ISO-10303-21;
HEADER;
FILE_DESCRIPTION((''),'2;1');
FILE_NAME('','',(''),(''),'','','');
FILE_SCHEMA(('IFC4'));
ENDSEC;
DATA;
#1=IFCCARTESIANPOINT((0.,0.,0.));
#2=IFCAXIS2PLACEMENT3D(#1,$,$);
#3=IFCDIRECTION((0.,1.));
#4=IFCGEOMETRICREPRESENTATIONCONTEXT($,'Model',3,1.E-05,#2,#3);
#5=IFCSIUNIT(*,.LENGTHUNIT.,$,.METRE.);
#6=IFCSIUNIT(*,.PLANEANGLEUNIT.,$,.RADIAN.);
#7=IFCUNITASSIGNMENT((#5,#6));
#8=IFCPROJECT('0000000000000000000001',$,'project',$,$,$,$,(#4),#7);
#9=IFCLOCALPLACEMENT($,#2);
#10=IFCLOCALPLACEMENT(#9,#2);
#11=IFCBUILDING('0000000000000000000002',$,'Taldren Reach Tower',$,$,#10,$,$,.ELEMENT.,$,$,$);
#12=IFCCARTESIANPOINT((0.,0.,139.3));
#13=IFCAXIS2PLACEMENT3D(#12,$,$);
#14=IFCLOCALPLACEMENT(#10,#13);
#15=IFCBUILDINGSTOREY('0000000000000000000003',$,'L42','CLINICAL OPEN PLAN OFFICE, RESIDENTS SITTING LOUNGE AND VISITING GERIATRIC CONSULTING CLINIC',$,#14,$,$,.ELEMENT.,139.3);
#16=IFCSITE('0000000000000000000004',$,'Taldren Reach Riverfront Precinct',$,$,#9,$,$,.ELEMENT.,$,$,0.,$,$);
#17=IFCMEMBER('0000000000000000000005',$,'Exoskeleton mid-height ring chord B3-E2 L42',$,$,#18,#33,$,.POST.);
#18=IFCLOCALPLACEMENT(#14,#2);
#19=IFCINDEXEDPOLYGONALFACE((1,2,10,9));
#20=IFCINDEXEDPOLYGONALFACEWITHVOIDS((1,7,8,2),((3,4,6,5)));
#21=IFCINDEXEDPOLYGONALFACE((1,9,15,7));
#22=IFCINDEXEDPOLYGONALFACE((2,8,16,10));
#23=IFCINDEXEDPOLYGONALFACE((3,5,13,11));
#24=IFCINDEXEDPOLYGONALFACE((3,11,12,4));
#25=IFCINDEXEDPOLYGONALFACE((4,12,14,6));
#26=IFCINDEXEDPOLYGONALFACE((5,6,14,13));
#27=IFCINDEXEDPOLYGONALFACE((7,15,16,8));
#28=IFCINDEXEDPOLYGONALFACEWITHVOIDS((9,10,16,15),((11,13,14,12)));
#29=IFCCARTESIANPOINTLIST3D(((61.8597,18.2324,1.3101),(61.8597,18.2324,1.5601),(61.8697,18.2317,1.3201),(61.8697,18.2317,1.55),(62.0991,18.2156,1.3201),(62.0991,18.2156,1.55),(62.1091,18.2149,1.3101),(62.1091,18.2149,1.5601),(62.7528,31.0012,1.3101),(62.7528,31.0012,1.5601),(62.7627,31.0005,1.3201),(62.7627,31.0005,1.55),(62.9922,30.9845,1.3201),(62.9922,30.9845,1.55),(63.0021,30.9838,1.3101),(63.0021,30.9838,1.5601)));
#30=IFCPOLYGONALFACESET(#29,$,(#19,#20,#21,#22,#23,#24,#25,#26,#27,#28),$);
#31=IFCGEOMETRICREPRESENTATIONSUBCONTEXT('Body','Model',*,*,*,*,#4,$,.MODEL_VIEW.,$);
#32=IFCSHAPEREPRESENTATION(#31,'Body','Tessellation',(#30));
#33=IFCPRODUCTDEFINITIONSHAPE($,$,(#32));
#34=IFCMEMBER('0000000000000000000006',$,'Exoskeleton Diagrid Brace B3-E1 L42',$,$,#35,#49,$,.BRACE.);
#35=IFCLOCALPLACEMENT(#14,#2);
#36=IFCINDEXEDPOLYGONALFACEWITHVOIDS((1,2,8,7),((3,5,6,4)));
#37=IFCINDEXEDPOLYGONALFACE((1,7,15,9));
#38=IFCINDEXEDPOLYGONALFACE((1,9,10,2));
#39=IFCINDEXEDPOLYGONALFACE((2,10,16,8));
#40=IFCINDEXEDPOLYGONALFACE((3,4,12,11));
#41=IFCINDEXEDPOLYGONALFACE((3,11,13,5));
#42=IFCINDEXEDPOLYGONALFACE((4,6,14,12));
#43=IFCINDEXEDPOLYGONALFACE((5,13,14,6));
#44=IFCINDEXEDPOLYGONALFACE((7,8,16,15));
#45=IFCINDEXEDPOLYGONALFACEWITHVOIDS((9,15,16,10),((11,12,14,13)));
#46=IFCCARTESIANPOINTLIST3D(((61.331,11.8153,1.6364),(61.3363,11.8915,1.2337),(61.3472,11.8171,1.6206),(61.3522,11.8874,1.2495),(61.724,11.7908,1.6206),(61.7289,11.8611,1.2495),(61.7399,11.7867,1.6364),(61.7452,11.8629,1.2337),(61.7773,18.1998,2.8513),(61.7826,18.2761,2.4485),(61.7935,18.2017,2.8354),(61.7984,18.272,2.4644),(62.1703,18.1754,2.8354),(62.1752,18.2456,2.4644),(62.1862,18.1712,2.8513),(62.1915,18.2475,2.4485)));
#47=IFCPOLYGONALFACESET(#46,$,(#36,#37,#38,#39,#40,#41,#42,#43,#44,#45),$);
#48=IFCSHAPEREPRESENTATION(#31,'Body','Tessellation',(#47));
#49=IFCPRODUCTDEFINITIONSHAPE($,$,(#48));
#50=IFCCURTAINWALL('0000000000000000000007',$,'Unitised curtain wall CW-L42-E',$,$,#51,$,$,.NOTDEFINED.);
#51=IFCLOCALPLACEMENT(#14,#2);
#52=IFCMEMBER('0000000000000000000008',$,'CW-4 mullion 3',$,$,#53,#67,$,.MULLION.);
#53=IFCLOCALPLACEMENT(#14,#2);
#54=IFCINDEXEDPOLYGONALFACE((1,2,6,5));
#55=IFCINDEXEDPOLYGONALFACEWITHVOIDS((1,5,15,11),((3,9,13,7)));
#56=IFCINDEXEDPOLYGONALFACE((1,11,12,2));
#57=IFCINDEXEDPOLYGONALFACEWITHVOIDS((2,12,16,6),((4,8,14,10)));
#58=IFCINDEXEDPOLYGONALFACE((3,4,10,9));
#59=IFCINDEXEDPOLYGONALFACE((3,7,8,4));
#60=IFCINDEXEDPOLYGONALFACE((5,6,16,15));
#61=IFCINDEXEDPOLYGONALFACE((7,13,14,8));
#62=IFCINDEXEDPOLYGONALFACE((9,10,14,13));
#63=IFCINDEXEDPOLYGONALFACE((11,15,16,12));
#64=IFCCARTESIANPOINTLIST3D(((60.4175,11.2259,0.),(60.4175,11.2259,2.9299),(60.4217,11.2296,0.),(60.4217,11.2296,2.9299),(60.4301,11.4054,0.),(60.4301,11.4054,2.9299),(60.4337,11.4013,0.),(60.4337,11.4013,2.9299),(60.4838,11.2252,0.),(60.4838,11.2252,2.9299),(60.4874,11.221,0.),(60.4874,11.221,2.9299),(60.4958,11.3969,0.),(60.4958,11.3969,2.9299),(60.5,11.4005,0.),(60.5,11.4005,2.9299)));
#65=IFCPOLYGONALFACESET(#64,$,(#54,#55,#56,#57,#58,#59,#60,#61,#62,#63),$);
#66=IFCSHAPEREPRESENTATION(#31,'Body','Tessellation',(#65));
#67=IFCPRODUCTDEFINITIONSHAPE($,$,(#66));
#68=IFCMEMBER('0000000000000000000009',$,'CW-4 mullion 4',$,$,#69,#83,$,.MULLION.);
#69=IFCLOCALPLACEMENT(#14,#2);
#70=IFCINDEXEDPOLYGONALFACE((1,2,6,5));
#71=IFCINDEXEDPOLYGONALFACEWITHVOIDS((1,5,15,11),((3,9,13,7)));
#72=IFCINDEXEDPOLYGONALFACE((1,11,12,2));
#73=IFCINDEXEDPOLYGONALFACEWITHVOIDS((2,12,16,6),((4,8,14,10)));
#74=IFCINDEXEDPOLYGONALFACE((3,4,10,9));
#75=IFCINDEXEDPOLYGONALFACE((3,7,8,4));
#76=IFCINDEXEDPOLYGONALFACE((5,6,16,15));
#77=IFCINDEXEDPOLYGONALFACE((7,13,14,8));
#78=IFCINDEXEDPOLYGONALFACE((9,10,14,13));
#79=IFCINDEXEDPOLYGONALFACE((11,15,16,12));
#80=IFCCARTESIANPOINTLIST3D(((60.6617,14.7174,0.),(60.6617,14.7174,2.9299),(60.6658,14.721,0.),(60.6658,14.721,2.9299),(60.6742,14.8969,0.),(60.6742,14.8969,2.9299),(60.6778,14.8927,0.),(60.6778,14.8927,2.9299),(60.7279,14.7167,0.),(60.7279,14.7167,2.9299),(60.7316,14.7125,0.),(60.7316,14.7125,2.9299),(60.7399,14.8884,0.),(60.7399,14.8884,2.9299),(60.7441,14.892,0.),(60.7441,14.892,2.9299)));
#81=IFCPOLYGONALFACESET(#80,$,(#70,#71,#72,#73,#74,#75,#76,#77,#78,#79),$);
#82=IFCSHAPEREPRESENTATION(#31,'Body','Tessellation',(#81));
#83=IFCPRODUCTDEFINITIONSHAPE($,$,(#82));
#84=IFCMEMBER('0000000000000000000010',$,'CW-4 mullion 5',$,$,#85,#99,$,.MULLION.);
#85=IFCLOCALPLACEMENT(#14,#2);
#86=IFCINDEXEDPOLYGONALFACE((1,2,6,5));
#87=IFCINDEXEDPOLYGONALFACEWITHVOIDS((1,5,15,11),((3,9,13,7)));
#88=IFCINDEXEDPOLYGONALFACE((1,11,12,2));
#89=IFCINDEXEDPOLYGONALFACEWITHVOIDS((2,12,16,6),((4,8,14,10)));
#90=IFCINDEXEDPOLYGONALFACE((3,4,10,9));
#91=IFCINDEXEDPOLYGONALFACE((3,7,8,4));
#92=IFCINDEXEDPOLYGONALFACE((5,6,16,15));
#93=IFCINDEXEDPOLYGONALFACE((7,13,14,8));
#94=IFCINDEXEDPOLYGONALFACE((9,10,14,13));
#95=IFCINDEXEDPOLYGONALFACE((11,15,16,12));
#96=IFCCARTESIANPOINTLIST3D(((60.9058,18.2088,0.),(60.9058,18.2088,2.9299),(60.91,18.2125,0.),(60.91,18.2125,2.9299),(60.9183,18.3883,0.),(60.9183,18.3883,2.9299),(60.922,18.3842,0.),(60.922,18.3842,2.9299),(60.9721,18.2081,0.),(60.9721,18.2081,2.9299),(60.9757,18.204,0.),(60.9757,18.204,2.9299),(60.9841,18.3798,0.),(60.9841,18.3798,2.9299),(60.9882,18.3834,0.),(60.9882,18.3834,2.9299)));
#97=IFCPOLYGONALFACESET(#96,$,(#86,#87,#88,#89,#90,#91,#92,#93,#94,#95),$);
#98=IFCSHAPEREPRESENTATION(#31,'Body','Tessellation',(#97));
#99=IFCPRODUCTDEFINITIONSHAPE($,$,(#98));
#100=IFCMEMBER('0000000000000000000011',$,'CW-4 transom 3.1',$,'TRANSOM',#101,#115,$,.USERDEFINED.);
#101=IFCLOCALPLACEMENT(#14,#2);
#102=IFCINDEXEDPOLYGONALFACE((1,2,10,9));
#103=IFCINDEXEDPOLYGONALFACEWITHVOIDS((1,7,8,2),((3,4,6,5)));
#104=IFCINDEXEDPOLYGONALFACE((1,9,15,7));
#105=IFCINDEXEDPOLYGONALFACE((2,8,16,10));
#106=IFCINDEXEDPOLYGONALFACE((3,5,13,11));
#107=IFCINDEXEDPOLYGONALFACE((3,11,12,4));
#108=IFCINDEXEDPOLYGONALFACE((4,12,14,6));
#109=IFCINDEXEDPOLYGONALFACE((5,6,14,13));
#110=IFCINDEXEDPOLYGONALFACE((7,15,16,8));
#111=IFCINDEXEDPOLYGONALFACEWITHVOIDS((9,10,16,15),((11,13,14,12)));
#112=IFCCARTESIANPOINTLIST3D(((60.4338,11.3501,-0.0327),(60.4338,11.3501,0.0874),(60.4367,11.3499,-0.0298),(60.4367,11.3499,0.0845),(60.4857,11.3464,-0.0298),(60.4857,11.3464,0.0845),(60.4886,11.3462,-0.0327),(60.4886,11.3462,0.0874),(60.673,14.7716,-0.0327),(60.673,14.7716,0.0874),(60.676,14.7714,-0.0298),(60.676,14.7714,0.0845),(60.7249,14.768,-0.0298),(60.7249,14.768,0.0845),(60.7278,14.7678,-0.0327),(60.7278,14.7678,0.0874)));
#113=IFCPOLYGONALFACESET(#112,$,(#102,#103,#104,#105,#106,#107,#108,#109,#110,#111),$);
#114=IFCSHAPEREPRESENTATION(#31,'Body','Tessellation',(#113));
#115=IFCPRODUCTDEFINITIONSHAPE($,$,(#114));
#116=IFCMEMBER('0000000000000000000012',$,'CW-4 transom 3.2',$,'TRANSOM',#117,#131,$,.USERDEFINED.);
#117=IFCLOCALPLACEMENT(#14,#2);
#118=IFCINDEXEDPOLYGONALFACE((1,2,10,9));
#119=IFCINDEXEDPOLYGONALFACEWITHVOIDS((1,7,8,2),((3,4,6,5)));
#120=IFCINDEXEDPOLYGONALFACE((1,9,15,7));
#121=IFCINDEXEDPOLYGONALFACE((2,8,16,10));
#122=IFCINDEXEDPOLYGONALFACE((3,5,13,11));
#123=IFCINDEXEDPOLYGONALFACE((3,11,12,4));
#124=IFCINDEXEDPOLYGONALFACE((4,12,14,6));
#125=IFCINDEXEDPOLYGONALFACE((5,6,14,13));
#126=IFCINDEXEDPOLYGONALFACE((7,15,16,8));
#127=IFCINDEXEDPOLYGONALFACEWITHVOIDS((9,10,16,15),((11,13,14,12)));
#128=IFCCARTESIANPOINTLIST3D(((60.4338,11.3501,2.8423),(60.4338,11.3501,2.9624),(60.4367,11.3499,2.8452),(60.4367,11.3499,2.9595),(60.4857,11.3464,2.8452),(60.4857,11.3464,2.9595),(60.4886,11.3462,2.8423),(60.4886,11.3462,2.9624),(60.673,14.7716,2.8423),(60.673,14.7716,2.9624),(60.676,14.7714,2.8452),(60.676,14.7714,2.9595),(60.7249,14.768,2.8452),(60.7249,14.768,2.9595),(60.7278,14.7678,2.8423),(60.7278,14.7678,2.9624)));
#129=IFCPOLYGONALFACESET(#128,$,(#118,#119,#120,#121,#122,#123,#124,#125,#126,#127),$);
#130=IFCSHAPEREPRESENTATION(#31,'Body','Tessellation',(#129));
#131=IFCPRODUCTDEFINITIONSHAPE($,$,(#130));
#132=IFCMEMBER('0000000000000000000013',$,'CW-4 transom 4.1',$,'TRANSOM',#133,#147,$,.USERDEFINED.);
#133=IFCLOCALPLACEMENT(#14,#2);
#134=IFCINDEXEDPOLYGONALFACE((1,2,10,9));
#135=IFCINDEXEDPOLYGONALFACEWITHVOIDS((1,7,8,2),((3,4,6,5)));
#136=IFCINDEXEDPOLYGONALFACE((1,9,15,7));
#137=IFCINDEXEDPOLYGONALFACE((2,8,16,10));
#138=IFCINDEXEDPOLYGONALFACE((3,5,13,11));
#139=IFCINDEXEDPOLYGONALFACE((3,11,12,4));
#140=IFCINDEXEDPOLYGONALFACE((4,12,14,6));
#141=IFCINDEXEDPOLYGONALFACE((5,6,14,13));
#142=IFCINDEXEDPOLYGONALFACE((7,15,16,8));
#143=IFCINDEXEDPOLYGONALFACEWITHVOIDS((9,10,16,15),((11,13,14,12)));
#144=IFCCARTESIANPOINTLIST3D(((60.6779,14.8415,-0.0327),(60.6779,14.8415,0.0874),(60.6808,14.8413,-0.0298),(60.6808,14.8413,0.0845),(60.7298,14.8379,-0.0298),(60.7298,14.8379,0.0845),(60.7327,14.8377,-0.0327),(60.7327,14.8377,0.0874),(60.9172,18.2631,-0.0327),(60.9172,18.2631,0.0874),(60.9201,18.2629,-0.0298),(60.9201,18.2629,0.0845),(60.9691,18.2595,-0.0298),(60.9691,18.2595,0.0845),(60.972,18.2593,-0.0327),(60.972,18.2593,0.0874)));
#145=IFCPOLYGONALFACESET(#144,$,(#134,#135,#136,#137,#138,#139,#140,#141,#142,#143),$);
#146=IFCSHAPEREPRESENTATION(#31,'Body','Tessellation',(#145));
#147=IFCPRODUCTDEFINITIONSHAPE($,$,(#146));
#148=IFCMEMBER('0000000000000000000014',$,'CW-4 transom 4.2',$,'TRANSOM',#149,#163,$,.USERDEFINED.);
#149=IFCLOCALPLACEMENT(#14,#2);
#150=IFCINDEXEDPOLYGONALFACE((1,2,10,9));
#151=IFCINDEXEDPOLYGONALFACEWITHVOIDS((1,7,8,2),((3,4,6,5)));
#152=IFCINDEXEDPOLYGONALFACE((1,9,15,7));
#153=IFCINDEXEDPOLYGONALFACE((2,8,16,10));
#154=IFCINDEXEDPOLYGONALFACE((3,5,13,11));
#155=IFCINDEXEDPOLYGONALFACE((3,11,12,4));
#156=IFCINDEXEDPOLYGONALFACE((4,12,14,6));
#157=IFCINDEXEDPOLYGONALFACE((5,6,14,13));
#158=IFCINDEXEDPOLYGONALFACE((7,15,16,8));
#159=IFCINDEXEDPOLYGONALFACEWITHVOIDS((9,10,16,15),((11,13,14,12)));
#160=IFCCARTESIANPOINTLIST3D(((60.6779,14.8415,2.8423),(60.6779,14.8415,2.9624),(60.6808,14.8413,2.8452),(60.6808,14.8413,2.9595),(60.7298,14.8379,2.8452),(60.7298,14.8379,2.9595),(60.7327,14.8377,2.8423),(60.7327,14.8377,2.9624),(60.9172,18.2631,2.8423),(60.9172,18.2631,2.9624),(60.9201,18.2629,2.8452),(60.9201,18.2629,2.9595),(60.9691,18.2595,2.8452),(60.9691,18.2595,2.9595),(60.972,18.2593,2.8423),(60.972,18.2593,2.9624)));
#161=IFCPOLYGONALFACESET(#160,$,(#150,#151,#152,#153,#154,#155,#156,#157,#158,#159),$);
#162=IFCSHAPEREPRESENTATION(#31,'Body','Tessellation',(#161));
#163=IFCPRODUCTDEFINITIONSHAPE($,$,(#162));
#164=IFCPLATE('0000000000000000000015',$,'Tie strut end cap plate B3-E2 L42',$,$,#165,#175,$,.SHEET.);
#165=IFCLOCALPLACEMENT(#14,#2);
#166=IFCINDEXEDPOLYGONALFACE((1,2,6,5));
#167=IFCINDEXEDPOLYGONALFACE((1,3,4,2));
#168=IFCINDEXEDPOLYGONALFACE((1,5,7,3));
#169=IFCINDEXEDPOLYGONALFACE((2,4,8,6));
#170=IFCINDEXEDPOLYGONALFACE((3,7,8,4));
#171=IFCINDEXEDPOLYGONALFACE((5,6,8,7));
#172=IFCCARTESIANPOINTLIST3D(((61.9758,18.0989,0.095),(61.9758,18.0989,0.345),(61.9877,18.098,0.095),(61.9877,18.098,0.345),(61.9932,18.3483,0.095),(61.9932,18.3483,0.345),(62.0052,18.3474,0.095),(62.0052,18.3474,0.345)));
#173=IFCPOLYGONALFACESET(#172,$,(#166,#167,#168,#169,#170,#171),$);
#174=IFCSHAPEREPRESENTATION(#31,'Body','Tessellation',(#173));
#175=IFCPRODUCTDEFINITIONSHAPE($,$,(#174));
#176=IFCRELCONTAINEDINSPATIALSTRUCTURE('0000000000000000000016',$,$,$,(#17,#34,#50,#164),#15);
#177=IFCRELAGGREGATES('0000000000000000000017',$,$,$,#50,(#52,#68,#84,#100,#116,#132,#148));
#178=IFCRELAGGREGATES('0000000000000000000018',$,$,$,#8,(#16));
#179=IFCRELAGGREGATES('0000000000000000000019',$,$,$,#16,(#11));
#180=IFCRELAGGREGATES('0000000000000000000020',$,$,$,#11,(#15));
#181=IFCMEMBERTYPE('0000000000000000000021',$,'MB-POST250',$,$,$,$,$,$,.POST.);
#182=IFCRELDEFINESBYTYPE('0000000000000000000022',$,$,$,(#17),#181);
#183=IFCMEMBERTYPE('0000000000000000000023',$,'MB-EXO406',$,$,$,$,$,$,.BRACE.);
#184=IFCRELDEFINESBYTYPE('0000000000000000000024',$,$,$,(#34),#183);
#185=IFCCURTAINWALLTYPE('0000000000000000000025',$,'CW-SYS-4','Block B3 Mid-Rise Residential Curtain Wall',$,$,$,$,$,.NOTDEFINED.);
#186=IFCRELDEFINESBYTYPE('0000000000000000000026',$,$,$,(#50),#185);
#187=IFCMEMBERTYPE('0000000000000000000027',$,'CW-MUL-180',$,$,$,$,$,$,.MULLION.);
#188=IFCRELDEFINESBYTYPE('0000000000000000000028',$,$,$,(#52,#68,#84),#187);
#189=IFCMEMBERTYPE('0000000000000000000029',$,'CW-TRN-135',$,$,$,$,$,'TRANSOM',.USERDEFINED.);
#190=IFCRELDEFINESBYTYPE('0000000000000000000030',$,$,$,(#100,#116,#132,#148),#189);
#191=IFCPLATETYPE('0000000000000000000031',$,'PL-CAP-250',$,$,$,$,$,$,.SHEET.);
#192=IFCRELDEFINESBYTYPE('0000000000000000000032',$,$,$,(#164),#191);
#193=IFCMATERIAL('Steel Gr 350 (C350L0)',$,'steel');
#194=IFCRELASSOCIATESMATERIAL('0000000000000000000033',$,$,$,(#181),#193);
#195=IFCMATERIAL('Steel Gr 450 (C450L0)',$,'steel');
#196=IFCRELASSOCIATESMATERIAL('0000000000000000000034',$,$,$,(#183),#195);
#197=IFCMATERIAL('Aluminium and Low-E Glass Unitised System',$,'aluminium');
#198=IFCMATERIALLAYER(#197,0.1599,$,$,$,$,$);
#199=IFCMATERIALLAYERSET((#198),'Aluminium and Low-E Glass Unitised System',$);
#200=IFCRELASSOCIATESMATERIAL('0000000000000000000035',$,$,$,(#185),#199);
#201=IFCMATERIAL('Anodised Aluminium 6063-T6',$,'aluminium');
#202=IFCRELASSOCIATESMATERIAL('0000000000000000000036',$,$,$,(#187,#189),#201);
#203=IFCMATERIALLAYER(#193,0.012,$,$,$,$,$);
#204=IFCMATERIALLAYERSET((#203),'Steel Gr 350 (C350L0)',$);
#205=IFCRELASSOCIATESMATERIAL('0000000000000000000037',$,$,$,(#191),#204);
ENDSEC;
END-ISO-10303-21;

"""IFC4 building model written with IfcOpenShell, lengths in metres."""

from ifc_helpers import new_model, si_unit, direction, frame, origin, origin_2d, place, context, subcontext, project, spatial, rectangle, hollow_rectangle, extrude, source, transform, mapped, material, layer, layer_set, material_profile, profile_set, type_object, element, aggregate, save


model = new_model("IFC4")

# Units and contexts
model_context = context("Model", 3, precision=1e-05, world=origin(), true_north=direction((0.0, 1.0)))
body_context = subcontext(model_context, "Body", "Model", "MODEL_VIEW")
ifc_project = project(units=[si_unit("LENGTHUNIT", "METRE"), si_unit("PLANEANGLEUNIT", "RADIAN")], contexts=[model_context])

# Site, building, storey
site_placement = place(None, origin())
site = spatial("IfcSite", under=ifc_project, at=site_placement, Name="Taldren Reach Riverfront Precinct", CompositionType="ELEMENT", RefElevation=0.0)
building_placement = place(site_placement, origin())
building = spatial("IfcBuilding", under=site, at=building_placement, Name="Taldren Reach Tower", CompositionType="ELEMENT")
storey_placement = place(building_placement, frame((0.0, 0.0, 139.3)))
storey = spatial("IfcBuildingStorey", under=building, at=storey_placement, Name="L42", Description="CLINICAL OPEN PLAN OFFICE, RESIDENTS SITTING LOUNGE AND VISITING GERIATRIC CONSULTING CLINIC", CompositionType="ELEMENT", Elevation=139.3)

# Members
ifc_material_1 = material(Name="Steel Gr 350 (C350L0)", Category="steel")
ifc_material_profile_1 = material_profile(ifc_material_1, hollow_rectangle(XDim=0.25, YDim=0.25, WallThickness=0.01, at=origin_2d()), Name="250x250x10.0SHS")
ifc_profile_set_1 = profile_set([ifc_material_profile_1], Name="Steel Gr 350 (C350L0)")
member_type_1 = type_object("IfcMemberType", Name="MB-POST250", PredefinedType="POST", material=ifc_profile_set_1)
shared_shape_1 = source(origin(), body_context, "Body", "SweptSolid", [
    extrude(hollow_rectangle(XDim=0.25, YDim=0.25, WallThickness=0.01, at=origin_2d()), origin(), (0.0, 0.0, 1.0), 12.8),
])
member_1_placement = place(storey_placement, frame((61.9844, 18.2236, 1.4351), z_axis=(0.069771, 0.997563, 0.0), x_axis=(-0.997563, 0.069771, 0.0)))
element("IfcMember", 1, at=member_1_placement, inside=storey, type_object=member_type_1, Name="Exoskeleton mid-height ring chord B3-E2 L42", PredefinedType="POST", context=body_context, shape_type="MappedRepresentation", body=[
    mapped(shared_shape_1, transform((0.0, 0.0, 0.0), scale=1.0)),
])
ifc_material_2 = material(Name="Steel Gr 450 (C450L0)", Category="steel")
ifc_material_profile_2 = material_profile(ifc_material_2, hollow_rectangle(XDim=0.4099, YDim=0.4099, WallThickness=0.0161, at=origin_2d()), Name="410x410x16.0SHS")
ifc_profile_set_2 = profile_set([ifc_material_profile_2], Name="Steel Gr 450 (C450L0)")
member_type_2 = type_object("IfcMemberType", Name="MB-EXO406", PredefinedType="BRACE", material=ifc_profile_set_2)
shared_shape_2 = source(origin(), body_context, "Body", "SweptSolid", [
    extrude(hollow_rectangle(XDim=0.4099, YDim=0.4099, WallThickness=0.0161, at=origin_2d()), origin(), (0.0, 0.0, 1.0), 6.5144),
])
member_2_placement = place(storey_placement, frame((61.5381, 11.8391, 1.4351), z_axis=(0.068508, 0.980066, 0.186487), x_axis=(-0.997566, 0.069732, 0.0)))
element("IfcMember", 2, at=member_2_placement, inside=storey, type_object=member_type_2, Name="Exoskeleton Diagrid Brace B3-E1 L42", PredefinedType="BRACE", context=body_context, shape_type="MappedRepresentation", body=[
    mapped(shared_shape_2, transform((0.0, 0.0, 0.0), scale=1.0)),
])

# Curtain wall, members
ifc_material_3 = material(Name="Aluminium and Low-E Glass Unitised System", Category="aluminium")
ifc_layer_1 = layer(ifc_material_3, 0.1599)
ifc_layer_set_1 = layer_set([ifc_layer_1], Name="Aluminium and Low-E Glass Unitised System")
curtain_wall_type = type_object("IfcCurtainWallType", Name="CW-SYS-4", Description="Block B3 Mid-Rise Residential Curtain Wall", PredefinedType="NOTDEFINED", material=ifc_layer_set_1)
curtain_wall_placement = place(storey_placement, origin())
curtain_wall = element("IfcCurtainWall", 3, at=curtain_wall_placement, inside=storey, type_object=curtain_wall_type, Name="Unitised curtain wall CW-L42-E", PredefinedType="NOTDEFINED")
ifc_material_4 = material(Name="Anodised Aluminium 6063-T6", Category="aluminium")
ifc_material_profile_3 = material_profile(ifc_material_4, hollow_rectangle(XDim=0.0701, YDim=0.1799, WallThickness=0.0039, at=origin_2d()), Name="ALU-180x70x4RHS")
ifc_profile_set_3 = profile_set([ifc_material_profile_3], Name="Anodised Aluminium 6063-T6")
member_type_3 = type_object("IfcMemberType", Name="CW-MUL-180", PredefinedType="MULLION", material=ifc_profile_set_3)
shared_shape_3 = source(origin(), body_context, "Body", "SweptSolid", [
    extrude(hollow_rectangle(XDim=0.0701, YDim=0.1799, WallThickness=0.0039, at=origin_2d()), origin(), (0.0, 0.0, 1.0), 2.9299),
])
member_3_placement = place(storey_placement, frame((60.4587, 11.3132, 0.0), z_axis=(0.0, 0.0, 1.0), x_axis=(-0.997564, 0.069756, 0.0)))
member_3 = element("IfcMember", 4, at=member_3_placement, type_object=member_type_3, Name="CW-4 mullion 3", PredefinedType="MULLION", context=body_context, shape_type="MappedRepresentation", body=[
    mapped(shared_shape_3, transform((0.0, 0.0, 0.0), scale=1.0)),
])
member_4_placement = place(storey_placement, frame((60.7029, 14.8047, 0.0), z_axis=(0.0, 0.0, 1.0), x_axis=(-0.997564, 0.069756, 0.0)))
member_4 = element("IfcMember", 5, at=member_4_placement, type_object=member_type_3, Name="CW-4 mullion 4", PredefinedType="MULLION", context=body_context, shape_type="MappedRepresentation", body=[
    mapped(shared_shape_3, transform((0.0, 0.0, 0.0), scale=1.0)),
])
member_5_placement = place(storey_placement, frame((60.947, 18.2961, 0.0), z_axis=(0.0, 0.0, 1.0), x_axis=(-0.997564, 0.069756, 0.0)))
member_5 = element("IfcMember", 6, at=member_5_placement, type_object=member_type_3, Name="CW-4 mullion 5", PredefinedType="MULLION", context=body_context, shape_type="MappedRepresentation", body=[
    mapped(shared_shape_3, transform((0.0, 0.0, 0.0), scale=1.0)),
])
ifc_material_profile_4 = material_profile(ifc_material_4, hollow_rectangle(XDim=0.0549, YDim=0.1201, WallThickness=0.0029, at=origin_2d()), Name="ALU-120x55x3RHS")
ifc_profile_set_4 = profile_set([ifc_material_profile_4], Name="Anodised Aluminium 6063-T6")
member_type_4 = type_object("IfcMemberType", Name="CW-TRN-135", ElementType="TRANSOM", PredefinedType="USERDEFINED", material=ifc_profile_set_4)
shared_shape_4 = source(origin(), body_context, "Body", "SweptSolid", [
    extrude(hollow_rectangle(XDim=0.0549, YDim=0.1201, WallThickness=0.0029, at=origin_2d()), origin(), (0.0, 0.0, 1.0), 3.4299),
])
member_6_placement = place(storey_placement, frame((60.4612, 11.3481, 0.0273), z_axis=(0.069755, 0.997564, 0.0), x_axis=(-0.997564, 0.069755, 0.0)))
member_6 = element("IfcMember", 7, at=member_6_placement, type_object=member_type_4, Name="CW-4 transom 3.1", ObjectType="TRANSOM", PredefinedType="USERDEFINED", context=body_context, shape_type="MappedRepresentation", body=[
    mapped(shared_shape_4, transform((0.0, 0.0, 0.0), scale=1.0)),
])
member_7_placement = place(storey_placement, frame((60.4612, 11.3481, 2.9023), z_axis=(0.069755, 0.997564, 0.0), x_axis=(-0.997564, 0.069755, 0.0)))
member_7 = element("IfcMember", 8, at=member_7_placement, type_object=member_type_4, Name="CW-4 transom 3.2", ObjectType="TRANSOM", PredefinedType="USERDEFINED", context=body_context, shape_type="MappedRepresentation", body=[
    mapped(shared_shape_4, transform((0.0, 0.0, 0.0), scale=1.0)),
])
member_8_placement = place(storey_placement, frame((60.7053, 14.8396, 0.0273), z_axis=(0.069755, 0.997564, 0.0), x_axis=(-0.997564, 0.069755, 0.0)))
member_8 = element("IfcMember", 9, at=member_8_placement, type_object=member_type_4, Name="CW-4 transom 4.1", ObjectType="TRANSOM", PredefinedType="USERDEFINED", context=body_context, shape_type="MappedRepresentation", body=[
    mapped(shared_shape_4, transform((0.0, 0.0, 0.0), scale=1.0)),
])
member_9_placement = place(storey_placement, frame((60.7053, 14.8396, 2.9023), z_axis=(0.069755, 0.997564, 0.0), x_axis=(-0.997564, 0.069755, 0.0)))
member_9 = element("IfcMember", 10, at=member_9_placement, type_object=member_type_4, Name="CW-4 transom 4.2", ObjectType="TRANSOM", PredefinedType="USERDEFINED", context=body_context, shape_type="MappedRepresentation", body=[
    mapped(shared_shape_4, transform((0.0, 0.0, 0.0), scale=1.0)),
])

# Plate
ifc_layer_2 = layer(ifc_material_1, 0.012)
ifc_layer_set_2 = layer_set([ifc_layer_2], Name="Steel Gr 350 (C350L0)")
plate_type_1 = type_object("IfcPlateType", Name="PL-CAP-250", PredefinedType="SHEET", material=ifc_layer_set_2)
shared_shape_5 = source(origin(), body_context, "Body", "SweptSolid", [
    extrude(rectangle(XDim=0.012, YDim=0.25, at=origin_2d()), origin(), (0.0, 0.0, 1.0), 0.25),
])
plate_1_placement = place(storey_placement, frame((61.9905, 18.2231, 0.095), z_axis=(0.0, 0.0, 1.0), x_axis=(0.997564, -0.069756, 0.0)))
element("IfcPlate", 11, at=plate_1_placement, inside=storey, type_object=plate_type_1, Name="Tie strut end cap plate B3-E2 L42", PredefinedType="SHEET", context=body_context, shape_type="MappedRepresentation", body=[
    mapped(shared_shape_5, transform((0.0, 0.0, 0.0), scale=1.0)),
])
aggregate(curtain_wall, [member_3, member_4, member_5, member_6, member_7, member_8, member_9])

save(model, "model.ifc")
